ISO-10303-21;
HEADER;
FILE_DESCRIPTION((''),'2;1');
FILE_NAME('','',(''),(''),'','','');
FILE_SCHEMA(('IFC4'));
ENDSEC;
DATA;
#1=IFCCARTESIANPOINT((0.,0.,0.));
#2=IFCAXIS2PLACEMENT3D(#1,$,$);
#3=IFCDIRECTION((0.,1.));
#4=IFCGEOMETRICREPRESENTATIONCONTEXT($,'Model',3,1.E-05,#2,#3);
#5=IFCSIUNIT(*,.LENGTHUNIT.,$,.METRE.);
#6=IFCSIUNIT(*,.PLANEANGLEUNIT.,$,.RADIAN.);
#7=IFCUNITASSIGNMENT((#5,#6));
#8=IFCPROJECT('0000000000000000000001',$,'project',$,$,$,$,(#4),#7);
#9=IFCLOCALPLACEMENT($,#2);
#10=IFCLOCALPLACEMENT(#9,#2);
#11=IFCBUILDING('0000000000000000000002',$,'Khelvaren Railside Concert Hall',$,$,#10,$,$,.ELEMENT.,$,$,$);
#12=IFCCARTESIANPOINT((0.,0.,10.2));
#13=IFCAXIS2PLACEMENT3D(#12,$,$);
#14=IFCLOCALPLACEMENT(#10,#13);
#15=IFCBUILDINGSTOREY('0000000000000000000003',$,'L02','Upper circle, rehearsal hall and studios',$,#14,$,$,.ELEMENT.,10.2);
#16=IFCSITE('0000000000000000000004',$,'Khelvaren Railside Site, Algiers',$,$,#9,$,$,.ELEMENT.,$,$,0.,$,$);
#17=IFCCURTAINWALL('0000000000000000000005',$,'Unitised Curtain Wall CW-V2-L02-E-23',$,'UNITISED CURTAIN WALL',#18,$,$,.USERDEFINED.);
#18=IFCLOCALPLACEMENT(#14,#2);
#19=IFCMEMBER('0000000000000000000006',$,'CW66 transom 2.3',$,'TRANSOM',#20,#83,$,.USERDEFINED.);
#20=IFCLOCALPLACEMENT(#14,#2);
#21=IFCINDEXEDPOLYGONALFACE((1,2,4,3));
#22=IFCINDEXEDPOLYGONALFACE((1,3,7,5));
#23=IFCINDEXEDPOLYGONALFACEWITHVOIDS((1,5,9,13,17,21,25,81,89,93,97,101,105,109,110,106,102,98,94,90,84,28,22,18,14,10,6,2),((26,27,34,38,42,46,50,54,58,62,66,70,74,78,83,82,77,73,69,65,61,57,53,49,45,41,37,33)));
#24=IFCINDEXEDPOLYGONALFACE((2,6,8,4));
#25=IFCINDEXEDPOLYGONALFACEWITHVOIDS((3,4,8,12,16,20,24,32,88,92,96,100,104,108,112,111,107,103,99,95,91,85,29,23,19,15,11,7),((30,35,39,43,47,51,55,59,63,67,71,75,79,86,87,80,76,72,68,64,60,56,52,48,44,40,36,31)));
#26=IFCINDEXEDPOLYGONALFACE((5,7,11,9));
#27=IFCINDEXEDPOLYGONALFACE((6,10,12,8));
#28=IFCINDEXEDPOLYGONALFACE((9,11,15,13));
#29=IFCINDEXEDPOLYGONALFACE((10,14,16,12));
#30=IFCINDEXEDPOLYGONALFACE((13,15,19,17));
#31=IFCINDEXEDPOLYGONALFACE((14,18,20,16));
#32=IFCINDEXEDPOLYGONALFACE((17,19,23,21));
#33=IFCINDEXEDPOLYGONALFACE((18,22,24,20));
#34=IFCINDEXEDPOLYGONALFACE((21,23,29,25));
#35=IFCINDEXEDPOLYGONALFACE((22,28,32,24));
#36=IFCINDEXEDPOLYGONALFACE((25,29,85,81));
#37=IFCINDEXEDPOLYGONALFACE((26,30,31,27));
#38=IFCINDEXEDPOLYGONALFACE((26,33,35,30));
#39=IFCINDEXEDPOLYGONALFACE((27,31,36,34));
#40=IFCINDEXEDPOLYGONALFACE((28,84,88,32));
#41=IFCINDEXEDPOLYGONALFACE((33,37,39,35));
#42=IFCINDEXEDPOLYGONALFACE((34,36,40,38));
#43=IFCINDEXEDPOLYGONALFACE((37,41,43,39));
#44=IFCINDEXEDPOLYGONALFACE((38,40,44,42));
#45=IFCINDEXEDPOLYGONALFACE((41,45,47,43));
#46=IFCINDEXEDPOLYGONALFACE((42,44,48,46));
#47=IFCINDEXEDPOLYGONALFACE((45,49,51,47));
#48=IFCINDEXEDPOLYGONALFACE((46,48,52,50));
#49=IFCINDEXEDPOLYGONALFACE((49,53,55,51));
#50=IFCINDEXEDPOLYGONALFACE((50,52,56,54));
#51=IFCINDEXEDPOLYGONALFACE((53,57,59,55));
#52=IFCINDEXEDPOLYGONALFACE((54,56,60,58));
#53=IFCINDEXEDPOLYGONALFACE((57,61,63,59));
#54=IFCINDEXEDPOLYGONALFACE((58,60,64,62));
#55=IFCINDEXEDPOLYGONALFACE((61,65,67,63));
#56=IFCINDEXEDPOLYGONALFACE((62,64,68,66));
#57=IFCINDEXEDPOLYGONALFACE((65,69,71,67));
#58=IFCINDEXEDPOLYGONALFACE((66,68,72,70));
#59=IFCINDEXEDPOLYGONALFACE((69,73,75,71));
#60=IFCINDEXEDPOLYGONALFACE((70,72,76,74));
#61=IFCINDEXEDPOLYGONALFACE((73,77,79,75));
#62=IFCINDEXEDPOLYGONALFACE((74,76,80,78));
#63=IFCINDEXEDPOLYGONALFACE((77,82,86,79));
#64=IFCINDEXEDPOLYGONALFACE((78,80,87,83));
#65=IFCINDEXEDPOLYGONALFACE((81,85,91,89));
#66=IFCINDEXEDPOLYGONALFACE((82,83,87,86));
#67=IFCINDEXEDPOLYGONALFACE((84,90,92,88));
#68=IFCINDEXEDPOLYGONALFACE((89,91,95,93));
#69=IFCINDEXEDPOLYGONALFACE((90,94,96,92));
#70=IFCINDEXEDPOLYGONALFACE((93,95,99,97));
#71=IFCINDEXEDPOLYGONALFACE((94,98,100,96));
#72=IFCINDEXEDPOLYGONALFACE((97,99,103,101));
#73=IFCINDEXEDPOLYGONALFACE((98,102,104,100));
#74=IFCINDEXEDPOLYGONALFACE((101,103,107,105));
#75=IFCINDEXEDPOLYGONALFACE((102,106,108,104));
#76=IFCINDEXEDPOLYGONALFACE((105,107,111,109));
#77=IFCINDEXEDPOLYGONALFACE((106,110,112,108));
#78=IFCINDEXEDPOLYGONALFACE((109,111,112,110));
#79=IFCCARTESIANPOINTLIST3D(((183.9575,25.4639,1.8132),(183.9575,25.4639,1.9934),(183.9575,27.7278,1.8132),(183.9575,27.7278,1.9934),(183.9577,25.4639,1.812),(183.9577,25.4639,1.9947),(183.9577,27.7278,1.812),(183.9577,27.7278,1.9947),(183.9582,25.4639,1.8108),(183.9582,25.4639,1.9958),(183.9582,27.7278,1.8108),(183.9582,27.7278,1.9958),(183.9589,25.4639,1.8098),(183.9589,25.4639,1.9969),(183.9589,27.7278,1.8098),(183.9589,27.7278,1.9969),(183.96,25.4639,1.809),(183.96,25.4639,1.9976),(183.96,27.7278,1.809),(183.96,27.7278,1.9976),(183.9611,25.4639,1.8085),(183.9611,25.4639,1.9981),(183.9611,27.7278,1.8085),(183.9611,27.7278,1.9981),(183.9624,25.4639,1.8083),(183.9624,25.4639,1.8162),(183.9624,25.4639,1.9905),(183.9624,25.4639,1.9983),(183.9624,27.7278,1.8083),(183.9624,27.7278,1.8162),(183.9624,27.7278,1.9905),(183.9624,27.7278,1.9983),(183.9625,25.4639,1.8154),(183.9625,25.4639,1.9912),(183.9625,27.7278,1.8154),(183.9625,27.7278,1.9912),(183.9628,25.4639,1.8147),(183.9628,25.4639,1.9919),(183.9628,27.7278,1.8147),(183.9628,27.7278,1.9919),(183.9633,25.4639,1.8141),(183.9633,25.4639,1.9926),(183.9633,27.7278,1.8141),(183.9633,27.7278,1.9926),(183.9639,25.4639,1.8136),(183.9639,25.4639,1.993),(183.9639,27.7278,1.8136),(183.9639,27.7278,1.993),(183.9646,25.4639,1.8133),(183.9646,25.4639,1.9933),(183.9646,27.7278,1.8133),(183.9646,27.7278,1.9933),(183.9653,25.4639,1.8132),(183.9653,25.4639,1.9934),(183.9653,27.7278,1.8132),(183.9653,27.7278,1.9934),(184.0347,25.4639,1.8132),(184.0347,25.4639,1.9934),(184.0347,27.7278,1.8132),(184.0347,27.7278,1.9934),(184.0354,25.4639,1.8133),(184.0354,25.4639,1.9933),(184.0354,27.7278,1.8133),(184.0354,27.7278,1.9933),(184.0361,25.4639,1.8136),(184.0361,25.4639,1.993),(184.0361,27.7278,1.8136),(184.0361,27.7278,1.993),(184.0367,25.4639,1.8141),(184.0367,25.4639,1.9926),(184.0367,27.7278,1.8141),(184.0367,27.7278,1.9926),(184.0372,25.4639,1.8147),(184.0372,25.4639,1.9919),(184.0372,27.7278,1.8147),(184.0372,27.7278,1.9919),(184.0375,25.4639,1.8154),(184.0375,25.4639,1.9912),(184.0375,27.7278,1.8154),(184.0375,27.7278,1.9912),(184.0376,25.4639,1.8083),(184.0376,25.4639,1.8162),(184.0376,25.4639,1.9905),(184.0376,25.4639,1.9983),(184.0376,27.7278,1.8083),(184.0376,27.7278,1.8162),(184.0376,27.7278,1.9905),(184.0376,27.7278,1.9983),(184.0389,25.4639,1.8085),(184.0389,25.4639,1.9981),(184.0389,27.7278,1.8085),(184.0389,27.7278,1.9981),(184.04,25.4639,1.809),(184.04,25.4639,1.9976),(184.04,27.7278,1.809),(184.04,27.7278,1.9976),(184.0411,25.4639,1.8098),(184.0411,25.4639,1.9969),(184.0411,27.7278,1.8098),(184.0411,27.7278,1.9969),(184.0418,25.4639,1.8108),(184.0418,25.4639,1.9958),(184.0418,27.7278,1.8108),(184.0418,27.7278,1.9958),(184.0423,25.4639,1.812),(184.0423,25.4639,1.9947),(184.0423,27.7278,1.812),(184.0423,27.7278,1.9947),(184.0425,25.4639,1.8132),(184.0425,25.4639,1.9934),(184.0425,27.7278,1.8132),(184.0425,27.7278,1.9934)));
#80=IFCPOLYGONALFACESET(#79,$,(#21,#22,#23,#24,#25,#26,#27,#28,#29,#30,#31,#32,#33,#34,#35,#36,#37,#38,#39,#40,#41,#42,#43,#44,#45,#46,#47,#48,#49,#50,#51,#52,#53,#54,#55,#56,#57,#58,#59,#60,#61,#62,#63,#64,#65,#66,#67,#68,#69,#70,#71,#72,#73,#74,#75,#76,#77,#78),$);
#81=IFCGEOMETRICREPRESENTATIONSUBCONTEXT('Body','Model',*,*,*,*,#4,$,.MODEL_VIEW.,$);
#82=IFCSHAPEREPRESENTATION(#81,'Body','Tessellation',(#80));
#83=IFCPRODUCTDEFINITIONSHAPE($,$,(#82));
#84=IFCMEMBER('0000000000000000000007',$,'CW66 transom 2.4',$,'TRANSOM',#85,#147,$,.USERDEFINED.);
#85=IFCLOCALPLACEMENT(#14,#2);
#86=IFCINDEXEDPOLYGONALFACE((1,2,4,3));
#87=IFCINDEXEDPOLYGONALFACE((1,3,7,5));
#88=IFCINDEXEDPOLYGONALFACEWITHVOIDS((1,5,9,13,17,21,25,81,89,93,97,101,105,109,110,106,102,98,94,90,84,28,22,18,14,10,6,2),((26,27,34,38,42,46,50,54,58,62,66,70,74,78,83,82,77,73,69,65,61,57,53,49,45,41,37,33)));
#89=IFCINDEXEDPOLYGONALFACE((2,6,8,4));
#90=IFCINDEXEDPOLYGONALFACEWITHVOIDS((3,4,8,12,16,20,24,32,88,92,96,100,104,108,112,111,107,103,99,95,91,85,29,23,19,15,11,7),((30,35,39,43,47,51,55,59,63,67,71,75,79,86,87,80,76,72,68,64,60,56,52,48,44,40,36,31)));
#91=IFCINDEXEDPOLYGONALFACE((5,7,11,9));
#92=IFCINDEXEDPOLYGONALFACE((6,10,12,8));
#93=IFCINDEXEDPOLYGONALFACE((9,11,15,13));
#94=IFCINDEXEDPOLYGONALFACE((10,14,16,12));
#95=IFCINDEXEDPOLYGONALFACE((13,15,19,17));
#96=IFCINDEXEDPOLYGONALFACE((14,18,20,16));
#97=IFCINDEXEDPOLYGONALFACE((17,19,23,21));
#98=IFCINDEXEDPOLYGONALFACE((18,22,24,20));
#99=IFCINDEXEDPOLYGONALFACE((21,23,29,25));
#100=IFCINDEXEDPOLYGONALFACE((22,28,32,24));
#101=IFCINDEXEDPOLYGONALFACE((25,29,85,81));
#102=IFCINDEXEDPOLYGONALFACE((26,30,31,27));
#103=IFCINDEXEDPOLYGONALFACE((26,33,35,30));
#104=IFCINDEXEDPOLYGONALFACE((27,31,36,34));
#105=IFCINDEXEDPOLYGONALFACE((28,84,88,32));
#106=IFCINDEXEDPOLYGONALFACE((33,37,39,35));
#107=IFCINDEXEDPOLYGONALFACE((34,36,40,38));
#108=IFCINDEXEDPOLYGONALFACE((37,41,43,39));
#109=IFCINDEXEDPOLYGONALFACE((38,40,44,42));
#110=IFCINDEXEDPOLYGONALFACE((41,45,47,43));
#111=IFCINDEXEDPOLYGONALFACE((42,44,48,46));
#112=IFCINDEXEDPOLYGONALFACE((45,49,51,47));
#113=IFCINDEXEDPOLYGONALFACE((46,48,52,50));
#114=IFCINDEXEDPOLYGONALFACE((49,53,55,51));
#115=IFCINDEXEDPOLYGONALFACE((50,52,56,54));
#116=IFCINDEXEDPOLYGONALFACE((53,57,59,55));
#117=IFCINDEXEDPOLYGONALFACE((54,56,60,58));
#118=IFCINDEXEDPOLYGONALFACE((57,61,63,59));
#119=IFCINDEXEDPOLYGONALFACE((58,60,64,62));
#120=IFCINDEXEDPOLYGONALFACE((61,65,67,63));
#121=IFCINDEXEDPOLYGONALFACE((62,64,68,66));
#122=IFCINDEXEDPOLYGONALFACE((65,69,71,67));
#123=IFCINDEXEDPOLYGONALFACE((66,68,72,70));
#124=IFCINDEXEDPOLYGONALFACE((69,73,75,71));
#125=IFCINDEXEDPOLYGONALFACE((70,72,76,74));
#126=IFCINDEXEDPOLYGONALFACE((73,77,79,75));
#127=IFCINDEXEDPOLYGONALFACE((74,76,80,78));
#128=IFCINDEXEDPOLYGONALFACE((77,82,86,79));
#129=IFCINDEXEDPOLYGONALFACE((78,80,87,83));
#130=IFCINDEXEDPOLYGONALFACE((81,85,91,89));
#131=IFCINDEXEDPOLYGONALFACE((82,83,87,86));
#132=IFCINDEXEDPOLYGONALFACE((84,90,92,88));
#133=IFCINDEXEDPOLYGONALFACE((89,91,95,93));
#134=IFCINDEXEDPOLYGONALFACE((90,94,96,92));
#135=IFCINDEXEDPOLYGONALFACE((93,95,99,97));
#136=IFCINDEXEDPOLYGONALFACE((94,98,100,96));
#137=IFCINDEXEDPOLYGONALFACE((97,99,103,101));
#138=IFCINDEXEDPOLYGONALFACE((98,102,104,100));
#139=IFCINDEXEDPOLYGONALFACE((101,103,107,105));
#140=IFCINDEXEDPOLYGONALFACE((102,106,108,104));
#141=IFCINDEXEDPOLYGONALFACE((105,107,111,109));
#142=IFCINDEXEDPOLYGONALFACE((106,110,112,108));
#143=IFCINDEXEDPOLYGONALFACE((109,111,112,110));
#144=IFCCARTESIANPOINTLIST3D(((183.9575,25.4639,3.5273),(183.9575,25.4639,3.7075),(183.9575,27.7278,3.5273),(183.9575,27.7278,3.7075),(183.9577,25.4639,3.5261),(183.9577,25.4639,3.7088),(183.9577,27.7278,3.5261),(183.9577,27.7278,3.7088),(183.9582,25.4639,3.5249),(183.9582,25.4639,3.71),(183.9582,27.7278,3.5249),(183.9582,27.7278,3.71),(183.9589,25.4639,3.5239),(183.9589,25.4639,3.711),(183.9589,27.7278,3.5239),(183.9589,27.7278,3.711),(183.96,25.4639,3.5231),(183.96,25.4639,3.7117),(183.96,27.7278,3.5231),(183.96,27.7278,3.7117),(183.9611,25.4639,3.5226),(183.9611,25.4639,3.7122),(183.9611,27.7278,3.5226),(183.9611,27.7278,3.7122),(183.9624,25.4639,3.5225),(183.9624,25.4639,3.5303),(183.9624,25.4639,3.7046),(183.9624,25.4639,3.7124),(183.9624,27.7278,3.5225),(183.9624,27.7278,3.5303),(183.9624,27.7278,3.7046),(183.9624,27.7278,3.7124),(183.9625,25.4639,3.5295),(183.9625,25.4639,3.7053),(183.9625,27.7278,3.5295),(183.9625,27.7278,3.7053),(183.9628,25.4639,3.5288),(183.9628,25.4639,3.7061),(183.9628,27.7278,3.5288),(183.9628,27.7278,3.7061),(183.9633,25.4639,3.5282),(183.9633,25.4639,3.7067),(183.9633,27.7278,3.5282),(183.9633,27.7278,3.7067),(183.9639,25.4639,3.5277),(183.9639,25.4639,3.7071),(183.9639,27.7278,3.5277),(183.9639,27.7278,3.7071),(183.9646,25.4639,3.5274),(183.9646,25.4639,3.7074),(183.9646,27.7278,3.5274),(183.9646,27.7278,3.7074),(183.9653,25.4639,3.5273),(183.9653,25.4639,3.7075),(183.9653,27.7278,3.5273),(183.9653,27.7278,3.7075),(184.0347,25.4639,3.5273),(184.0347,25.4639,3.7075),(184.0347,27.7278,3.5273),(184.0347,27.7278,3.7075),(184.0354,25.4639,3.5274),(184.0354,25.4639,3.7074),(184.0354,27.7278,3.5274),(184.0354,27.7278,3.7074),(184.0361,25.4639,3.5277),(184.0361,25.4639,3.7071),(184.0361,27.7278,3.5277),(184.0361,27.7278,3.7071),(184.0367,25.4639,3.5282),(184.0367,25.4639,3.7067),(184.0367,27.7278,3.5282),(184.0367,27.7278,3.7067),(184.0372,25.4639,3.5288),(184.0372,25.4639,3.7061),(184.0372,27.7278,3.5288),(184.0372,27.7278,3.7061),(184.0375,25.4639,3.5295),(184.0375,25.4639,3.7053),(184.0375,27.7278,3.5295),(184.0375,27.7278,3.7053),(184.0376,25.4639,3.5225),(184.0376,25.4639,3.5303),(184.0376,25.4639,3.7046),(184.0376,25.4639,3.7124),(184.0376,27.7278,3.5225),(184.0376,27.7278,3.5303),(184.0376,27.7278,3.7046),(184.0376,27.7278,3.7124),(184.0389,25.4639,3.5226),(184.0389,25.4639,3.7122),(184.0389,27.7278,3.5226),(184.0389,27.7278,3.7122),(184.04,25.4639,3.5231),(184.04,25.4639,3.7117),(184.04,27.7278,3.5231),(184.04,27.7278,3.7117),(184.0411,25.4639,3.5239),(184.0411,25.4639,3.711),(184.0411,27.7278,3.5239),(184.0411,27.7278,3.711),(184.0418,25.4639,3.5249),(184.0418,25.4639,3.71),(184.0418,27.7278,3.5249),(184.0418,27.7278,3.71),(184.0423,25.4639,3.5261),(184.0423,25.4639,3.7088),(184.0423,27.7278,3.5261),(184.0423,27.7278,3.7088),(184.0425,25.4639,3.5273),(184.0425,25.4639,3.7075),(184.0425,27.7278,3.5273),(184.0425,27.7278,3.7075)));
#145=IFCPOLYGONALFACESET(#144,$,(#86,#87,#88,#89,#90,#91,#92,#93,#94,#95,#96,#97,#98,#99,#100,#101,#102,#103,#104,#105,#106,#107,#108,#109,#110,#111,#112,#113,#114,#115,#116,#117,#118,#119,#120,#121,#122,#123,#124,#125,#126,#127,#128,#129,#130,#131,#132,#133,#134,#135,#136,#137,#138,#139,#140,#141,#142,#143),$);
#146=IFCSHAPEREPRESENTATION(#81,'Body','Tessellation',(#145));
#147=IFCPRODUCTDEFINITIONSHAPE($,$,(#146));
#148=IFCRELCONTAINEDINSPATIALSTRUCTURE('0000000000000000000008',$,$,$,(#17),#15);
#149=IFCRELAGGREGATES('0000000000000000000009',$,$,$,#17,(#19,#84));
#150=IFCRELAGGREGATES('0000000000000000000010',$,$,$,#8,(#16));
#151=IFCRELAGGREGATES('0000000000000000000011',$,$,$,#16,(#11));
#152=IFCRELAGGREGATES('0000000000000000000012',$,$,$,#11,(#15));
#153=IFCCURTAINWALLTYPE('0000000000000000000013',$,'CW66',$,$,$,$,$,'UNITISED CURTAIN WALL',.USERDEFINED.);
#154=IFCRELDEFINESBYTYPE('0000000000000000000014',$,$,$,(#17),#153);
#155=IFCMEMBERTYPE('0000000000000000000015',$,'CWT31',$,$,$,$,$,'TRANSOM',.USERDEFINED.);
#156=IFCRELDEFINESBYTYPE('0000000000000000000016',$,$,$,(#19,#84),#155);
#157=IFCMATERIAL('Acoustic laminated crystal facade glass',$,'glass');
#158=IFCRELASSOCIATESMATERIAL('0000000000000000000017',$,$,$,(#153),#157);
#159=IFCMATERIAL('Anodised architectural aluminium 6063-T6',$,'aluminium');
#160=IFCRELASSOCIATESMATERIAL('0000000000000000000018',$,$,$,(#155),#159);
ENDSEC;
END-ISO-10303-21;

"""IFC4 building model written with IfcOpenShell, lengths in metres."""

from ifc_helpers import new_model, si_unit, direction, frame, origin, origin_2d, place, context, subcontext, project, spatial, hollow_rectangle, extrude, material, material_profile, profile_set, type_object, element, aggregate, save


model = new_model("IFC4")

# Units and contexts
model_context = context("Model", 3, precision=1e-05, world=origin(), true_north=direction((0.0, 1.0)))
body_context = subcontext(model_context, "Body", "Model", "MODEL_VIEW")
ifc_project = project(units=[si_unit("LENGTHUNIT", "METRE"), si_unit("PLANEANGLEUNIT", "RADIAN")], contexts=[model_context])

# Site, building, storey
site_placement = place(None, origin())
site = spatial("IfcSite", under=ifc_project, at=site_placement, Name="Khelvaren Railside Site, Algiers", CompositionType="ELEMENT", RefElevation=0.0)
building_placement = place(site_placement, origin())
building = spatial("IfcBuilding", under=site, at=building_placement, Name="Khelvaren Railside Concert Hall", CompositionType="ELEMENT")
storey_placement = place(building_placement, frame((0.0, 0.0, 10.2)))
storey = spatial("IfcBuildingStorey", under=building, at=storey_placement, Name="L02", Description="Upper circle, rehearsal hall and studios", CompositionType="ELEMENT", Elevation=10.2)

# Curtain wall, members
ifc_material_1 = material(Name="Acoustic laminated crystal facade glass", Category="glass")
curtain_wall_type = type_object("IfcCurtainWallType", Name="CW66", ElementType="UNITISED CURTAIN WALL", PredefinedType="USERDEFINED", material=ifc_material_1)
curtain_wall_placement = place(storey_placement, origin())
curtain_wall = element("IfcCurtainWall", 1, at=curtain_wall_placement, inside=storey, type_object=curtain_wall_type, Name="Unitised Curtain Wall CW-V2-L02-E-23", ObjectType="UNITISED CURTAIN WALL", PredefinedType="USERDEFINED")
ifc_material_2 = material(Name="Anodised architectural aluminium 6063-T6", Category="aluminium")
ifc_material_profile_1 = material_profile(ifc_material_2, hollow_rectangle(XDim=0.085, YDim=0.1899, WallThickness=0.0049, InnerFilletRadius=0.0029, OuterFilletRadius=0.0049, at=origin_2d()), Name="CWT 85x190x5")
ifc_profile_set_1 = profile_set([ifc_material_profile_1], Name="Anodised architectural aluminium 6063-T6")
member_type_1 = type_object("IfcMemberType", Name="CWT31", ElementType="TRANSOM", PredefinedType="USERDEFINED", material=ifc_profile_set_1)
member_1_placement = place(storey_placement, frame((184.0, 27.7278, 1.9033), z_axis=(0.0, -1.0, 0.0), x_axis=(1.0, 0.0, 0.0)))
member_1 = element("IfcMember", 2, at=member_1_placement, type_object=member_type_1, Name="CW66 transom 2.3", ObjectType="TRANSOM", PredefinedType="USERDEFINED", context=body_context, shape_type="SweptSolid", body=[
    extrude(hollow_rectangle(XDim=0.085, YDim=0.1899, WallThickness=0.0049, InnerFilletRadius=0.0029, OuterFilletRadius=0.0049, at=origin_2d()), origin(), (0.0, 0.0, 1.0), 2.2639),
])
member_2_placement = place(storey_placement, frame((184.0, 27.7278, 3.6174), z_axis=(0.0, -1.0, 0.0), x_axis=(1.0, 0.0, 0.0)))
member_2 = element("IfcMember", 3, at=member_2_placement, type_object=member_type_1, Name="CW66 transom 2.4", ObjectType="TRANSOM", PredefinedType="USERDEFINED", context=body_context, shape_type="SweptSolid", body=[
    extrude(hollow_rectangle(XDim=0.085, YDim=0.1899, WallThickness=0.0049, InnerFilletRadius=0.0029, OuterFilletRadius=0.0049, at=origin_2d()), origin(), (0.0, 0.0, 1.0), 2.2639),
])

aggregate(curtain_wall, [member_1, member_2])

save(model, "model.ifc")
